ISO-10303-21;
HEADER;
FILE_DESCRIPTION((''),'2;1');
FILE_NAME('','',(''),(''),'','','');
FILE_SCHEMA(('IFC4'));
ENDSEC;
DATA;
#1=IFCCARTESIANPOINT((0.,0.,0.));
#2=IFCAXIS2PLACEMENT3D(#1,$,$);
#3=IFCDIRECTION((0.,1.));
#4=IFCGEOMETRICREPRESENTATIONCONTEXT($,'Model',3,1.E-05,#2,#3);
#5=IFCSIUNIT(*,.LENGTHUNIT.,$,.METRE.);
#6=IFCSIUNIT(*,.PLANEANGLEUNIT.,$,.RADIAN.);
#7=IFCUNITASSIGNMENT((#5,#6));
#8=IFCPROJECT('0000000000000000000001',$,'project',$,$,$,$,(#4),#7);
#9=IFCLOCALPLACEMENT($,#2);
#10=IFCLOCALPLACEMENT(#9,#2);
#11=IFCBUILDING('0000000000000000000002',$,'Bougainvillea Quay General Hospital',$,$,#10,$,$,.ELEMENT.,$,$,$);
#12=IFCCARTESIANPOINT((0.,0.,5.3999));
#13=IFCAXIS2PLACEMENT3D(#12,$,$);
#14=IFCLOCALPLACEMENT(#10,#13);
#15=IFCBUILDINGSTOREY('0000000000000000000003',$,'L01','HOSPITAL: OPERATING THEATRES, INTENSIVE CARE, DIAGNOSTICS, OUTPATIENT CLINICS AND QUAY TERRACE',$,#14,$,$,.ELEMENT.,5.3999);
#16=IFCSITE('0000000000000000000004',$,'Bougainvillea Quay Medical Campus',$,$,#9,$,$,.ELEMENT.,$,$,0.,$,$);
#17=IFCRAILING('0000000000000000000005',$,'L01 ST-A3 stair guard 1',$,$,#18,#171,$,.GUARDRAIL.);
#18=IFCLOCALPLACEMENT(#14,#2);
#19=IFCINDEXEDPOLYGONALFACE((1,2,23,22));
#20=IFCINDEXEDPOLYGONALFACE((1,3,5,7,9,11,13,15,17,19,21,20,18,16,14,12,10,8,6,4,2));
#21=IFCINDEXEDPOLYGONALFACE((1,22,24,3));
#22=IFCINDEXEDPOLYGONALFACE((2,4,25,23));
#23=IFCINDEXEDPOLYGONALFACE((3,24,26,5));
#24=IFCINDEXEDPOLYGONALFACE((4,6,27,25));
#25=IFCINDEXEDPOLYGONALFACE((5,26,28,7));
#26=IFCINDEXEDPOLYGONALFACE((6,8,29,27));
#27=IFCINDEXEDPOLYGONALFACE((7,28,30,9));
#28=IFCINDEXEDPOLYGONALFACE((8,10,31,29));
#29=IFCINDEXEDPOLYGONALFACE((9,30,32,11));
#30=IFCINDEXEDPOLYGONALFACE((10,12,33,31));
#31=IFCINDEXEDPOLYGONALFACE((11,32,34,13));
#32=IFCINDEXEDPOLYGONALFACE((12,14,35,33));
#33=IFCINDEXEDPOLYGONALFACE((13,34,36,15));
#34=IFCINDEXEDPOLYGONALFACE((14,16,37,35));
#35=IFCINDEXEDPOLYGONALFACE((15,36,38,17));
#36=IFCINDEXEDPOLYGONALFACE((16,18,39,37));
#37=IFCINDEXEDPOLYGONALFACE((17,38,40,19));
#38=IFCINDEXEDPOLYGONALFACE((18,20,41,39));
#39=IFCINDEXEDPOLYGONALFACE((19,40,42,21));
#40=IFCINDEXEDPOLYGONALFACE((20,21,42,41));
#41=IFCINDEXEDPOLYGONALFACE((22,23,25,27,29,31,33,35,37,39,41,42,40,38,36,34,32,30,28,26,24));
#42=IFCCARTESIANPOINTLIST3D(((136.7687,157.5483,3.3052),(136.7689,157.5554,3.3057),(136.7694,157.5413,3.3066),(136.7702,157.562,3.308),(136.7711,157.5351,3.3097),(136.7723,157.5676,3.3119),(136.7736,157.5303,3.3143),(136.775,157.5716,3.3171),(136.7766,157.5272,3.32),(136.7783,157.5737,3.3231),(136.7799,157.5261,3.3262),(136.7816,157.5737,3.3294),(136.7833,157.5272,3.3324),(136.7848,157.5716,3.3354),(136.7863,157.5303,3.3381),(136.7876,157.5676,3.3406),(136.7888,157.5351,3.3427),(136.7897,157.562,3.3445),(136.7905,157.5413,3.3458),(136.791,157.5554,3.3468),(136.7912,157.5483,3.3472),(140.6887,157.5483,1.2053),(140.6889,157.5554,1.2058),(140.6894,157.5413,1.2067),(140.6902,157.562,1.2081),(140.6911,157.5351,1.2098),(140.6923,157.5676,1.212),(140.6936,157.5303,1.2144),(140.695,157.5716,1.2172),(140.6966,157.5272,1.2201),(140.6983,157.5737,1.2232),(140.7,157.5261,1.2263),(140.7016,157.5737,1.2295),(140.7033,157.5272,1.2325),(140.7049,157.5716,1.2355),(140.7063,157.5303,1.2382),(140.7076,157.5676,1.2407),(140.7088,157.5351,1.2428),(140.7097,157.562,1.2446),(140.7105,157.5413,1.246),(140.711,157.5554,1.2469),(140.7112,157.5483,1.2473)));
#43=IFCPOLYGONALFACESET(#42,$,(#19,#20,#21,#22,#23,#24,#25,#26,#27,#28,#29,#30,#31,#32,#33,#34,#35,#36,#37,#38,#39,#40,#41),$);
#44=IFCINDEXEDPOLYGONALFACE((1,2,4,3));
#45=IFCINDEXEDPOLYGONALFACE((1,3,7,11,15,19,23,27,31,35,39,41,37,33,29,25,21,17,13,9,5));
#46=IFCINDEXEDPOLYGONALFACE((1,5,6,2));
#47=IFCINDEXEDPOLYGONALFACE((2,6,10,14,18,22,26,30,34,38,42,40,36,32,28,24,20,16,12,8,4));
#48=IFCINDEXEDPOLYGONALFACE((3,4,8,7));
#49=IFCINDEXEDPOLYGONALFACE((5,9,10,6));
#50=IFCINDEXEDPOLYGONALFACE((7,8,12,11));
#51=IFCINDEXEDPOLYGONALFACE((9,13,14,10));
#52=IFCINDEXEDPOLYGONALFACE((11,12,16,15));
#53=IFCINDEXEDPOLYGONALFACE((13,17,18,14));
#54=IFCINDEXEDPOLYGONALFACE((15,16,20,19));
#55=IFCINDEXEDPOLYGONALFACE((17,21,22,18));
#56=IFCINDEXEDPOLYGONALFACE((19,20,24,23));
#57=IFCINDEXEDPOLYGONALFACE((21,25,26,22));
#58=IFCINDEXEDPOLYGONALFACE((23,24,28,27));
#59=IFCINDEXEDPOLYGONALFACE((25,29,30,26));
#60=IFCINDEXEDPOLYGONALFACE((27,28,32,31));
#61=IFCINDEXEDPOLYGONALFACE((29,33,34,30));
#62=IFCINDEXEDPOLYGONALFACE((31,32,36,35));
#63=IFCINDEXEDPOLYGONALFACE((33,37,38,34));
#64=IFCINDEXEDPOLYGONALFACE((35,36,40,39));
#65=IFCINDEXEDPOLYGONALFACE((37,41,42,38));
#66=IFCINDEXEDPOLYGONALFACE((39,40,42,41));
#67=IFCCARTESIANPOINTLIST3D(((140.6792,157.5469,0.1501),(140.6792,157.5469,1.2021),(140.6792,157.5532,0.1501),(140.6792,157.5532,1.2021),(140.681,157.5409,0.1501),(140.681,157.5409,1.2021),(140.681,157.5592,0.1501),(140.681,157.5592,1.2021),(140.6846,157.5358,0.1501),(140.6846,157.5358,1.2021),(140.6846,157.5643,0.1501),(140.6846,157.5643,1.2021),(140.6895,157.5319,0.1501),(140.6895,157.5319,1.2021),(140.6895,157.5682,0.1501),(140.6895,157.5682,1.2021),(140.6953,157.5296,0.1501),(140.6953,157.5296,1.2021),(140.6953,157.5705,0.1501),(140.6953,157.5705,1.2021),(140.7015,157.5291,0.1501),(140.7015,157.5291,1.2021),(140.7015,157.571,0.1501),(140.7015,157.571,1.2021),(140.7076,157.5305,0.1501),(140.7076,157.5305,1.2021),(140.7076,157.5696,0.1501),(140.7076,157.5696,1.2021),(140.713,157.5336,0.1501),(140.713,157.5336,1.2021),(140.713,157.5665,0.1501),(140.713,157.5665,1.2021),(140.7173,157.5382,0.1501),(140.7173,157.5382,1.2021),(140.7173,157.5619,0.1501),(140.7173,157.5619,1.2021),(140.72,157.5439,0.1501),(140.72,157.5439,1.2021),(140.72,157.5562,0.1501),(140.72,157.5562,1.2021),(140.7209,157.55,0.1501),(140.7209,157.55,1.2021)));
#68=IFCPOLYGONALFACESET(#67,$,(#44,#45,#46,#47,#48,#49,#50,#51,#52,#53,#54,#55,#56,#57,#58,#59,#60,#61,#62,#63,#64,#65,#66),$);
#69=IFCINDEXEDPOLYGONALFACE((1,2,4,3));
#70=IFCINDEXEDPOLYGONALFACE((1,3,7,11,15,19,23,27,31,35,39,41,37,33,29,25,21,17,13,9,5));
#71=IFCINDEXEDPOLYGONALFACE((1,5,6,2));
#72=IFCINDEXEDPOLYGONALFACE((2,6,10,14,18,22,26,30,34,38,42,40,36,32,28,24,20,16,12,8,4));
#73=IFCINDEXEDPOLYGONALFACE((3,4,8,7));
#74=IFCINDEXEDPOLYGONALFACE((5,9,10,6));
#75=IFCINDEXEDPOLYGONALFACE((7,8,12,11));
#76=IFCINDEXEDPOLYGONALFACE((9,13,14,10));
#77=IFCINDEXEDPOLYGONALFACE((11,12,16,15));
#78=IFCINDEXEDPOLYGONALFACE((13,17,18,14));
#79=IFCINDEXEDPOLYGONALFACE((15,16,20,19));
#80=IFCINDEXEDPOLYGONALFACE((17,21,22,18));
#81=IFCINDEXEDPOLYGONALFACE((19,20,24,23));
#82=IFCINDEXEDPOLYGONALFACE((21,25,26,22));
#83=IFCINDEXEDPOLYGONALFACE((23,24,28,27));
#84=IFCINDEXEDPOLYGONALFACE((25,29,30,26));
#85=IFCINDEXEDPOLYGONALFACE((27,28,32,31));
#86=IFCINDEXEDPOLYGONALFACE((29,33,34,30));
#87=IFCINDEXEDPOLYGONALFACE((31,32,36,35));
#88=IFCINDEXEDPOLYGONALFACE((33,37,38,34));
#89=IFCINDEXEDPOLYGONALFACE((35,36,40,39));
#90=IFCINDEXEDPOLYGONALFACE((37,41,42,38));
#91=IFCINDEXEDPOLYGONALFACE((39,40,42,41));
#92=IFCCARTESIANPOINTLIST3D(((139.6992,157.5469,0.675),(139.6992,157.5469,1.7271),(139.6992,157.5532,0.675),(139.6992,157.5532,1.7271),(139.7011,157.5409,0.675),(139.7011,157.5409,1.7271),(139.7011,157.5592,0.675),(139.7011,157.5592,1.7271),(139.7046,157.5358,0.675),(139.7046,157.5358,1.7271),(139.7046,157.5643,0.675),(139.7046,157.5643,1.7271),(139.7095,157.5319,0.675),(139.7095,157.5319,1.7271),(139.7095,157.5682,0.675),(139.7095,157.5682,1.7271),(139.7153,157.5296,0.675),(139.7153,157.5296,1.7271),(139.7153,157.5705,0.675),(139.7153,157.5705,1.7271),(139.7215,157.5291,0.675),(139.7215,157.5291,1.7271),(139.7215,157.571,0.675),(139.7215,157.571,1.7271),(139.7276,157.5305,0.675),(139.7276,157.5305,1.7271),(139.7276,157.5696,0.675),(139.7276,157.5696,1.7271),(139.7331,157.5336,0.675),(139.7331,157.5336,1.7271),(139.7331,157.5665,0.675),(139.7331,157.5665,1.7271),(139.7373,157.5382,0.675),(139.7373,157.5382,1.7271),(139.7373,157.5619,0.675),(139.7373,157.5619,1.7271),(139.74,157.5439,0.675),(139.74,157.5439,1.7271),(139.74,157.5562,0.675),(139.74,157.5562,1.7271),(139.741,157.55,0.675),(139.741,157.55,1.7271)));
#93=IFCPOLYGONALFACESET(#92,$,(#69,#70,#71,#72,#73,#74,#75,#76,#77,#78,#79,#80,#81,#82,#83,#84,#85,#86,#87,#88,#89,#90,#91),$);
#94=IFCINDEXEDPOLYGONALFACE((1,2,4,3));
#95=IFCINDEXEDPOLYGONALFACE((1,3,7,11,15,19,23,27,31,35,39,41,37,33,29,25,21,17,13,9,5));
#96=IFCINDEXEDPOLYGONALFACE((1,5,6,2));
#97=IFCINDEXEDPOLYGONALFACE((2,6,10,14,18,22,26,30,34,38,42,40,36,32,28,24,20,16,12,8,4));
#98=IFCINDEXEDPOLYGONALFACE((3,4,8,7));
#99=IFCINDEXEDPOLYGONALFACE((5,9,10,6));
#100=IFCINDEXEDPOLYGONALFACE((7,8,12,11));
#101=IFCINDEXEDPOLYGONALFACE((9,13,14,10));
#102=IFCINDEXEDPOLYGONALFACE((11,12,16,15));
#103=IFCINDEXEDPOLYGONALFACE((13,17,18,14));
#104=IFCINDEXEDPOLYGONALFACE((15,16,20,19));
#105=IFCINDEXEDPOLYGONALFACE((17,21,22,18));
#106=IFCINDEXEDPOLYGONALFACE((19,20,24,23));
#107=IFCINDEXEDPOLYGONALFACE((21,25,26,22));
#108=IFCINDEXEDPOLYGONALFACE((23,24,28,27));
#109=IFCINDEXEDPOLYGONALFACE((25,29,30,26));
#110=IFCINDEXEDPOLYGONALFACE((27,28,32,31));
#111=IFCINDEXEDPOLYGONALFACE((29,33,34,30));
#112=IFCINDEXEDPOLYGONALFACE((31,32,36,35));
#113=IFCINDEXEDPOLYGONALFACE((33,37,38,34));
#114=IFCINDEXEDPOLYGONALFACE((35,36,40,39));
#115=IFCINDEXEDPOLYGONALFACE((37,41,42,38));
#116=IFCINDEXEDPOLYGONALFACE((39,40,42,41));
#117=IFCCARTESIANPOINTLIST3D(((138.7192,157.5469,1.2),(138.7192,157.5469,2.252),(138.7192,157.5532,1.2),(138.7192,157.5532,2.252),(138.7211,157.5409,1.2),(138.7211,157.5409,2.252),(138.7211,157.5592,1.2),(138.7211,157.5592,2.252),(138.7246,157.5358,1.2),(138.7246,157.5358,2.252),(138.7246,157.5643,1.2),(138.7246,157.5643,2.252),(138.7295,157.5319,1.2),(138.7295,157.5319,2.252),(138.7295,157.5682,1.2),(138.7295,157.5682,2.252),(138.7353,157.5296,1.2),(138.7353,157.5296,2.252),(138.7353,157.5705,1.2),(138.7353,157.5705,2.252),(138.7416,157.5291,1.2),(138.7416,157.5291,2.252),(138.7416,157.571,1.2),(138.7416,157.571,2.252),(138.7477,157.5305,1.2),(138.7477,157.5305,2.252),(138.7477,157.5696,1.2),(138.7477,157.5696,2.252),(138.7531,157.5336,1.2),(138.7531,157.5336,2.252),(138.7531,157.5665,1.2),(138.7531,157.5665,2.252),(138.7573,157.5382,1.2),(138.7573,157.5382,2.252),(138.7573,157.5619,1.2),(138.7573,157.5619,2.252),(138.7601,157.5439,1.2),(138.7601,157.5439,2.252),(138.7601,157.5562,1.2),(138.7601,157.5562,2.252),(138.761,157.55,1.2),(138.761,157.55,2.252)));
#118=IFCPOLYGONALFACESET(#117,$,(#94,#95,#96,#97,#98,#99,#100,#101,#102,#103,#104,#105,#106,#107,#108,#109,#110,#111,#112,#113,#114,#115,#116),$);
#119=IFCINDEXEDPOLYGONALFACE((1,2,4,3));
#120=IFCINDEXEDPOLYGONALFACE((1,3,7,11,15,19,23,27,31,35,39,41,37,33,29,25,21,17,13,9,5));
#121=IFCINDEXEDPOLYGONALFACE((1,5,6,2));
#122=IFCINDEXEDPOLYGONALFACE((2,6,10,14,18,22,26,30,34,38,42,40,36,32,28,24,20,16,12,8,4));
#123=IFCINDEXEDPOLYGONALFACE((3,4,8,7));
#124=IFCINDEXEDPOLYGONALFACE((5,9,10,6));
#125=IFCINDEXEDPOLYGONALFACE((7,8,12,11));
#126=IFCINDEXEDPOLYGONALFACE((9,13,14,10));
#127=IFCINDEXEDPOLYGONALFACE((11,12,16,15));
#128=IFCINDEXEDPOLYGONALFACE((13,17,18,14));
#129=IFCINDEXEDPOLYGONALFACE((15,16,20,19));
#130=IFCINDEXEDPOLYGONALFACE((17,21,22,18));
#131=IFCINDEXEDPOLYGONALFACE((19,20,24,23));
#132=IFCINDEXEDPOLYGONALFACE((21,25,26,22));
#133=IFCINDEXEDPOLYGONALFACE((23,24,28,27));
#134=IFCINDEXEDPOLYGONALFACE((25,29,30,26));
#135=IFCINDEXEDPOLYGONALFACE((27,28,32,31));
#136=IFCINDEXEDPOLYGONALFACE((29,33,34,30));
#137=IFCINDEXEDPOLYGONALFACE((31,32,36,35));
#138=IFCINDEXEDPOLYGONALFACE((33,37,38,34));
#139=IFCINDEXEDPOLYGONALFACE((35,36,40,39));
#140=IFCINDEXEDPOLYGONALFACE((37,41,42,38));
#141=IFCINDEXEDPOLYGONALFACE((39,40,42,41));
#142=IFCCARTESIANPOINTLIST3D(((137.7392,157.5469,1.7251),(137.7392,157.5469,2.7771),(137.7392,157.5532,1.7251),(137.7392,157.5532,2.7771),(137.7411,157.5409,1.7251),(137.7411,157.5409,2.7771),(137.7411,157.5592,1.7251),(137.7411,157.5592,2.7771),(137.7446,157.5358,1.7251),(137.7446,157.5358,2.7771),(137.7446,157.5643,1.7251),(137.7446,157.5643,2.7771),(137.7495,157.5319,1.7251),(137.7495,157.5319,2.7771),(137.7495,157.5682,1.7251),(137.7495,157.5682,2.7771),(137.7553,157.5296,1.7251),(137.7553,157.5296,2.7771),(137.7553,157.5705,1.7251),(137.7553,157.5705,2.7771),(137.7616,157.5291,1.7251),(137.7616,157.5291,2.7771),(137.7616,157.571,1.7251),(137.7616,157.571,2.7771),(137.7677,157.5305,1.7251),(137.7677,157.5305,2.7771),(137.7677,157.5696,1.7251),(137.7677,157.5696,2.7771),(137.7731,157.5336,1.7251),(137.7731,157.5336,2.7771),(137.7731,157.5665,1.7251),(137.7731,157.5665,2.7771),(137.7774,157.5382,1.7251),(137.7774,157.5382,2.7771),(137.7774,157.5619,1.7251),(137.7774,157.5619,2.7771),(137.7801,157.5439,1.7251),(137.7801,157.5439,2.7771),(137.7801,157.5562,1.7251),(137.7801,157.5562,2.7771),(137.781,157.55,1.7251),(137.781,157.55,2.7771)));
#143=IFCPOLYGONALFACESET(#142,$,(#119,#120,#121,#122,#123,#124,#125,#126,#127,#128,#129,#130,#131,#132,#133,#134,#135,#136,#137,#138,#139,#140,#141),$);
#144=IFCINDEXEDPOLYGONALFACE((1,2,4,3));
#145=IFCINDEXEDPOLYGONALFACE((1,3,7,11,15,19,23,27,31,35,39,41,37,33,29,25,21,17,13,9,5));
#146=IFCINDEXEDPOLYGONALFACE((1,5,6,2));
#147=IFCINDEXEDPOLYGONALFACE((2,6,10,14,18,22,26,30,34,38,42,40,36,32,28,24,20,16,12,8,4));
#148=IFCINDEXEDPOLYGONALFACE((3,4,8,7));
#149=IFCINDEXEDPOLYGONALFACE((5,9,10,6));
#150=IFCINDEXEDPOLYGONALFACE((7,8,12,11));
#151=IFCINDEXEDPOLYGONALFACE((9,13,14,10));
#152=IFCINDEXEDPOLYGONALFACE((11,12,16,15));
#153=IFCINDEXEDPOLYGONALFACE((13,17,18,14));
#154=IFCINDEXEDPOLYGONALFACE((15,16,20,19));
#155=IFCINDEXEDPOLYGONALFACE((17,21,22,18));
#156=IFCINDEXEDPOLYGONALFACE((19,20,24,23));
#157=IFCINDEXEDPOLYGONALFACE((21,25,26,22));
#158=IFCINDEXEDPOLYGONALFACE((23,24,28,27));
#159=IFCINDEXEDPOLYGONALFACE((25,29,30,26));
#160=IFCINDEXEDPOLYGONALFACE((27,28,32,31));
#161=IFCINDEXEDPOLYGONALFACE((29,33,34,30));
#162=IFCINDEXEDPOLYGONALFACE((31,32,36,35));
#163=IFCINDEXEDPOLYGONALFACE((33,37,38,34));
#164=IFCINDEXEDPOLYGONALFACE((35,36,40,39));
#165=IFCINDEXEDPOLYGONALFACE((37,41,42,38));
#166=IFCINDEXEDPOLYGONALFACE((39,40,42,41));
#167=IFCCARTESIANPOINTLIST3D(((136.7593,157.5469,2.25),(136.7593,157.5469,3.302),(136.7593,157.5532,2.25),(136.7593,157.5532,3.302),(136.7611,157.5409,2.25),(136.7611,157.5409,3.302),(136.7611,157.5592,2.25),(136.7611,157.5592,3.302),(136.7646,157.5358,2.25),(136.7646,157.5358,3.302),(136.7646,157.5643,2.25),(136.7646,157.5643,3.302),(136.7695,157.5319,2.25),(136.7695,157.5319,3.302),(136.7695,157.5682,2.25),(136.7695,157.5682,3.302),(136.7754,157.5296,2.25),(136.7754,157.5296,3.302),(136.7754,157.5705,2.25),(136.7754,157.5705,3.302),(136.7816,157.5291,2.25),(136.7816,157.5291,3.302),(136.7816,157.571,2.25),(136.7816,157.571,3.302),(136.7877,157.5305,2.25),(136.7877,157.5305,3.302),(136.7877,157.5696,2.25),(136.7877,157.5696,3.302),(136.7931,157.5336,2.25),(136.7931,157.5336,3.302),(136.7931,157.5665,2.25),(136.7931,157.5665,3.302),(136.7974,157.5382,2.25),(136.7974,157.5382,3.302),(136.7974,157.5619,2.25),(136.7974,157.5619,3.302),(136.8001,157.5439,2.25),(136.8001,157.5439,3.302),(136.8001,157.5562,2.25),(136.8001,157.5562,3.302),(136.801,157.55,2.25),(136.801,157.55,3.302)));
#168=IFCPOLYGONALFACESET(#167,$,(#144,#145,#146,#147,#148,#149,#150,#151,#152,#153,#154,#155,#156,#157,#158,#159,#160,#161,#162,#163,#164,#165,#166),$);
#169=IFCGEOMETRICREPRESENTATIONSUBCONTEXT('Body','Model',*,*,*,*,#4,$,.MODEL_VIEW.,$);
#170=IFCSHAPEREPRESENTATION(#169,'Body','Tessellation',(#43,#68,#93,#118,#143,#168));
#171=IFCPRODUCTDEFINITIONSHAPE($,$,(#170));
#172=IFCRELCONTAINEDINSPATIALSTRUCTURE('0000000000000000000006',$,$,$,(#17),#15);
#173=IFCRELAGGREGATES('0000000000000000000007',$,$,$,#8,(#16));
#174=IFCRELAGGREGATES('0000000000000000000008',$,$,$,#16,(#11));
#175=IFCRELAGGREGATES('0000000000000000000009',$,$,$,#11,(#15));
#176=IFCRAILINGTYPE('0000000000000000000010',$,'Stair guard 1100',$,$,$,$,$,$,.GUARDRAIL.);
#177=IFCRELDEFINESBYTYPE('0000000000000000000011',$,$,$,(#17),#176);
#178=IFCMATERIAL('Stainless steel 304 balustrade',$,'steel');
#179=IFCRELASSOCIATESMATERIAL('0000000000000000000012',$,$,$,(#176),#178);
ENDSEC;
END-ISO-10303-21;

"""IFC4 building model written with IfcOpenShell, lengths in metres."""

from ifc_helpers import new_model, si_unit, direction, frame, origin, origin_2d, place, context, subcontext, project, spatial, circle, extrude, material, type_object, element, save


model = new_model("IFC4")

# Units and contexts
model_context = context("Model", 3, precision=1e-05, world=origin(), true_north=direction((0.0, 1.0)))
body_context = subcontext(model_context, "Body", "Model", "MODEL_VIEW")
ifc_project = project(units=[si_unit("LENGTHUNIT", "METRE"), si_unit("PLANEANGLEUNIT", "RADIAN")], contexts=[model_context])

# Site, building, storey
site_placement = place(None, origin())
site = spatial("IfcSite", under=ifc_project, at=site_placement, Name="Bougainvillea Quay Medical Campus", CompositionType="ELEMENT", RefElevation=0.0)
building_placement = place(site_placement, origin())
building = spatial("IfcBuilding", under=site, at=building_placement, Name="Bougainvillea Quay General Hospital", CompositionType="ELEMENT")
storey_placement = place(building_placement, frame((0.0, 0.0, 5.3999)))
storey = spatial("IfcBuildingStorey", under=building, at=storey_placement, Name="L01", Description="HOSPITAL: OPERATING THEATRES, INTENSIVE CARE, DIAGNOSTICS, OUTPATIENT CLINICS AND QUAY TERRACE", CompositionType="ELEMENT", Elevation=5.3999)

# Railing
ifc_material_1 = material(Name="Stainless steel 304 balustrade", Category="steel")
railing_type_1 = type_object("IfcRailingType", Name="Stair guard 1100", PredefinedType="GUARDRAIL", material=ifc_material_1)
railing_1_placement = place(storey_placement, frame((140.7, 157.55, 0.1501)))
element("IfcRailing", 1, at=railing_1_placement, inside=storey, type_object=railing_type_1, Name="L01 ST-A3 stair guard 1", PredefinedType="GUARDRAIL", context=body_context, shape_type="SweptSolid", body=[
    extrude(circle(Radius=0.0239, at=origin_2d()), frame((0.0, 0.0, 1.0762), z_axis=(-0.88149, 0.0, 0.472203), x_axis=(0.0, -1.0, 0.0)), (0.0, 0.0, 1.0), 4.447),
    extrude(circle(Radius=0.021, at=origin_2d()), origin(), (0.0, 0.0, 1.0), 1.052),
    extrude(circle(Radius=0.021, at=origin_2d()), frame((-0.98, 0.0, 0.5249)), (0.0, 0.0, 1.0), 1.052),
    extrude(circle(Radius=0.021, at=origin_2d()), frame((-1.96, 0.0, 1.0498)), (0.0, 0.0, 1.0), 1.052),
    extrude(circle(Radius=0.021, at=origin_2d()), frame((-2.9399, 0.0, 1.575)), (0.0, 0.0, 1.0), 1.052),
    extrude(circle(Radius=0.021, at=origin_2d()), frame((-3.9199, 0.0, 2.0999)), (0.0, 0.0, 1.0), 1.052),
])

save(model, "model.ifc")
